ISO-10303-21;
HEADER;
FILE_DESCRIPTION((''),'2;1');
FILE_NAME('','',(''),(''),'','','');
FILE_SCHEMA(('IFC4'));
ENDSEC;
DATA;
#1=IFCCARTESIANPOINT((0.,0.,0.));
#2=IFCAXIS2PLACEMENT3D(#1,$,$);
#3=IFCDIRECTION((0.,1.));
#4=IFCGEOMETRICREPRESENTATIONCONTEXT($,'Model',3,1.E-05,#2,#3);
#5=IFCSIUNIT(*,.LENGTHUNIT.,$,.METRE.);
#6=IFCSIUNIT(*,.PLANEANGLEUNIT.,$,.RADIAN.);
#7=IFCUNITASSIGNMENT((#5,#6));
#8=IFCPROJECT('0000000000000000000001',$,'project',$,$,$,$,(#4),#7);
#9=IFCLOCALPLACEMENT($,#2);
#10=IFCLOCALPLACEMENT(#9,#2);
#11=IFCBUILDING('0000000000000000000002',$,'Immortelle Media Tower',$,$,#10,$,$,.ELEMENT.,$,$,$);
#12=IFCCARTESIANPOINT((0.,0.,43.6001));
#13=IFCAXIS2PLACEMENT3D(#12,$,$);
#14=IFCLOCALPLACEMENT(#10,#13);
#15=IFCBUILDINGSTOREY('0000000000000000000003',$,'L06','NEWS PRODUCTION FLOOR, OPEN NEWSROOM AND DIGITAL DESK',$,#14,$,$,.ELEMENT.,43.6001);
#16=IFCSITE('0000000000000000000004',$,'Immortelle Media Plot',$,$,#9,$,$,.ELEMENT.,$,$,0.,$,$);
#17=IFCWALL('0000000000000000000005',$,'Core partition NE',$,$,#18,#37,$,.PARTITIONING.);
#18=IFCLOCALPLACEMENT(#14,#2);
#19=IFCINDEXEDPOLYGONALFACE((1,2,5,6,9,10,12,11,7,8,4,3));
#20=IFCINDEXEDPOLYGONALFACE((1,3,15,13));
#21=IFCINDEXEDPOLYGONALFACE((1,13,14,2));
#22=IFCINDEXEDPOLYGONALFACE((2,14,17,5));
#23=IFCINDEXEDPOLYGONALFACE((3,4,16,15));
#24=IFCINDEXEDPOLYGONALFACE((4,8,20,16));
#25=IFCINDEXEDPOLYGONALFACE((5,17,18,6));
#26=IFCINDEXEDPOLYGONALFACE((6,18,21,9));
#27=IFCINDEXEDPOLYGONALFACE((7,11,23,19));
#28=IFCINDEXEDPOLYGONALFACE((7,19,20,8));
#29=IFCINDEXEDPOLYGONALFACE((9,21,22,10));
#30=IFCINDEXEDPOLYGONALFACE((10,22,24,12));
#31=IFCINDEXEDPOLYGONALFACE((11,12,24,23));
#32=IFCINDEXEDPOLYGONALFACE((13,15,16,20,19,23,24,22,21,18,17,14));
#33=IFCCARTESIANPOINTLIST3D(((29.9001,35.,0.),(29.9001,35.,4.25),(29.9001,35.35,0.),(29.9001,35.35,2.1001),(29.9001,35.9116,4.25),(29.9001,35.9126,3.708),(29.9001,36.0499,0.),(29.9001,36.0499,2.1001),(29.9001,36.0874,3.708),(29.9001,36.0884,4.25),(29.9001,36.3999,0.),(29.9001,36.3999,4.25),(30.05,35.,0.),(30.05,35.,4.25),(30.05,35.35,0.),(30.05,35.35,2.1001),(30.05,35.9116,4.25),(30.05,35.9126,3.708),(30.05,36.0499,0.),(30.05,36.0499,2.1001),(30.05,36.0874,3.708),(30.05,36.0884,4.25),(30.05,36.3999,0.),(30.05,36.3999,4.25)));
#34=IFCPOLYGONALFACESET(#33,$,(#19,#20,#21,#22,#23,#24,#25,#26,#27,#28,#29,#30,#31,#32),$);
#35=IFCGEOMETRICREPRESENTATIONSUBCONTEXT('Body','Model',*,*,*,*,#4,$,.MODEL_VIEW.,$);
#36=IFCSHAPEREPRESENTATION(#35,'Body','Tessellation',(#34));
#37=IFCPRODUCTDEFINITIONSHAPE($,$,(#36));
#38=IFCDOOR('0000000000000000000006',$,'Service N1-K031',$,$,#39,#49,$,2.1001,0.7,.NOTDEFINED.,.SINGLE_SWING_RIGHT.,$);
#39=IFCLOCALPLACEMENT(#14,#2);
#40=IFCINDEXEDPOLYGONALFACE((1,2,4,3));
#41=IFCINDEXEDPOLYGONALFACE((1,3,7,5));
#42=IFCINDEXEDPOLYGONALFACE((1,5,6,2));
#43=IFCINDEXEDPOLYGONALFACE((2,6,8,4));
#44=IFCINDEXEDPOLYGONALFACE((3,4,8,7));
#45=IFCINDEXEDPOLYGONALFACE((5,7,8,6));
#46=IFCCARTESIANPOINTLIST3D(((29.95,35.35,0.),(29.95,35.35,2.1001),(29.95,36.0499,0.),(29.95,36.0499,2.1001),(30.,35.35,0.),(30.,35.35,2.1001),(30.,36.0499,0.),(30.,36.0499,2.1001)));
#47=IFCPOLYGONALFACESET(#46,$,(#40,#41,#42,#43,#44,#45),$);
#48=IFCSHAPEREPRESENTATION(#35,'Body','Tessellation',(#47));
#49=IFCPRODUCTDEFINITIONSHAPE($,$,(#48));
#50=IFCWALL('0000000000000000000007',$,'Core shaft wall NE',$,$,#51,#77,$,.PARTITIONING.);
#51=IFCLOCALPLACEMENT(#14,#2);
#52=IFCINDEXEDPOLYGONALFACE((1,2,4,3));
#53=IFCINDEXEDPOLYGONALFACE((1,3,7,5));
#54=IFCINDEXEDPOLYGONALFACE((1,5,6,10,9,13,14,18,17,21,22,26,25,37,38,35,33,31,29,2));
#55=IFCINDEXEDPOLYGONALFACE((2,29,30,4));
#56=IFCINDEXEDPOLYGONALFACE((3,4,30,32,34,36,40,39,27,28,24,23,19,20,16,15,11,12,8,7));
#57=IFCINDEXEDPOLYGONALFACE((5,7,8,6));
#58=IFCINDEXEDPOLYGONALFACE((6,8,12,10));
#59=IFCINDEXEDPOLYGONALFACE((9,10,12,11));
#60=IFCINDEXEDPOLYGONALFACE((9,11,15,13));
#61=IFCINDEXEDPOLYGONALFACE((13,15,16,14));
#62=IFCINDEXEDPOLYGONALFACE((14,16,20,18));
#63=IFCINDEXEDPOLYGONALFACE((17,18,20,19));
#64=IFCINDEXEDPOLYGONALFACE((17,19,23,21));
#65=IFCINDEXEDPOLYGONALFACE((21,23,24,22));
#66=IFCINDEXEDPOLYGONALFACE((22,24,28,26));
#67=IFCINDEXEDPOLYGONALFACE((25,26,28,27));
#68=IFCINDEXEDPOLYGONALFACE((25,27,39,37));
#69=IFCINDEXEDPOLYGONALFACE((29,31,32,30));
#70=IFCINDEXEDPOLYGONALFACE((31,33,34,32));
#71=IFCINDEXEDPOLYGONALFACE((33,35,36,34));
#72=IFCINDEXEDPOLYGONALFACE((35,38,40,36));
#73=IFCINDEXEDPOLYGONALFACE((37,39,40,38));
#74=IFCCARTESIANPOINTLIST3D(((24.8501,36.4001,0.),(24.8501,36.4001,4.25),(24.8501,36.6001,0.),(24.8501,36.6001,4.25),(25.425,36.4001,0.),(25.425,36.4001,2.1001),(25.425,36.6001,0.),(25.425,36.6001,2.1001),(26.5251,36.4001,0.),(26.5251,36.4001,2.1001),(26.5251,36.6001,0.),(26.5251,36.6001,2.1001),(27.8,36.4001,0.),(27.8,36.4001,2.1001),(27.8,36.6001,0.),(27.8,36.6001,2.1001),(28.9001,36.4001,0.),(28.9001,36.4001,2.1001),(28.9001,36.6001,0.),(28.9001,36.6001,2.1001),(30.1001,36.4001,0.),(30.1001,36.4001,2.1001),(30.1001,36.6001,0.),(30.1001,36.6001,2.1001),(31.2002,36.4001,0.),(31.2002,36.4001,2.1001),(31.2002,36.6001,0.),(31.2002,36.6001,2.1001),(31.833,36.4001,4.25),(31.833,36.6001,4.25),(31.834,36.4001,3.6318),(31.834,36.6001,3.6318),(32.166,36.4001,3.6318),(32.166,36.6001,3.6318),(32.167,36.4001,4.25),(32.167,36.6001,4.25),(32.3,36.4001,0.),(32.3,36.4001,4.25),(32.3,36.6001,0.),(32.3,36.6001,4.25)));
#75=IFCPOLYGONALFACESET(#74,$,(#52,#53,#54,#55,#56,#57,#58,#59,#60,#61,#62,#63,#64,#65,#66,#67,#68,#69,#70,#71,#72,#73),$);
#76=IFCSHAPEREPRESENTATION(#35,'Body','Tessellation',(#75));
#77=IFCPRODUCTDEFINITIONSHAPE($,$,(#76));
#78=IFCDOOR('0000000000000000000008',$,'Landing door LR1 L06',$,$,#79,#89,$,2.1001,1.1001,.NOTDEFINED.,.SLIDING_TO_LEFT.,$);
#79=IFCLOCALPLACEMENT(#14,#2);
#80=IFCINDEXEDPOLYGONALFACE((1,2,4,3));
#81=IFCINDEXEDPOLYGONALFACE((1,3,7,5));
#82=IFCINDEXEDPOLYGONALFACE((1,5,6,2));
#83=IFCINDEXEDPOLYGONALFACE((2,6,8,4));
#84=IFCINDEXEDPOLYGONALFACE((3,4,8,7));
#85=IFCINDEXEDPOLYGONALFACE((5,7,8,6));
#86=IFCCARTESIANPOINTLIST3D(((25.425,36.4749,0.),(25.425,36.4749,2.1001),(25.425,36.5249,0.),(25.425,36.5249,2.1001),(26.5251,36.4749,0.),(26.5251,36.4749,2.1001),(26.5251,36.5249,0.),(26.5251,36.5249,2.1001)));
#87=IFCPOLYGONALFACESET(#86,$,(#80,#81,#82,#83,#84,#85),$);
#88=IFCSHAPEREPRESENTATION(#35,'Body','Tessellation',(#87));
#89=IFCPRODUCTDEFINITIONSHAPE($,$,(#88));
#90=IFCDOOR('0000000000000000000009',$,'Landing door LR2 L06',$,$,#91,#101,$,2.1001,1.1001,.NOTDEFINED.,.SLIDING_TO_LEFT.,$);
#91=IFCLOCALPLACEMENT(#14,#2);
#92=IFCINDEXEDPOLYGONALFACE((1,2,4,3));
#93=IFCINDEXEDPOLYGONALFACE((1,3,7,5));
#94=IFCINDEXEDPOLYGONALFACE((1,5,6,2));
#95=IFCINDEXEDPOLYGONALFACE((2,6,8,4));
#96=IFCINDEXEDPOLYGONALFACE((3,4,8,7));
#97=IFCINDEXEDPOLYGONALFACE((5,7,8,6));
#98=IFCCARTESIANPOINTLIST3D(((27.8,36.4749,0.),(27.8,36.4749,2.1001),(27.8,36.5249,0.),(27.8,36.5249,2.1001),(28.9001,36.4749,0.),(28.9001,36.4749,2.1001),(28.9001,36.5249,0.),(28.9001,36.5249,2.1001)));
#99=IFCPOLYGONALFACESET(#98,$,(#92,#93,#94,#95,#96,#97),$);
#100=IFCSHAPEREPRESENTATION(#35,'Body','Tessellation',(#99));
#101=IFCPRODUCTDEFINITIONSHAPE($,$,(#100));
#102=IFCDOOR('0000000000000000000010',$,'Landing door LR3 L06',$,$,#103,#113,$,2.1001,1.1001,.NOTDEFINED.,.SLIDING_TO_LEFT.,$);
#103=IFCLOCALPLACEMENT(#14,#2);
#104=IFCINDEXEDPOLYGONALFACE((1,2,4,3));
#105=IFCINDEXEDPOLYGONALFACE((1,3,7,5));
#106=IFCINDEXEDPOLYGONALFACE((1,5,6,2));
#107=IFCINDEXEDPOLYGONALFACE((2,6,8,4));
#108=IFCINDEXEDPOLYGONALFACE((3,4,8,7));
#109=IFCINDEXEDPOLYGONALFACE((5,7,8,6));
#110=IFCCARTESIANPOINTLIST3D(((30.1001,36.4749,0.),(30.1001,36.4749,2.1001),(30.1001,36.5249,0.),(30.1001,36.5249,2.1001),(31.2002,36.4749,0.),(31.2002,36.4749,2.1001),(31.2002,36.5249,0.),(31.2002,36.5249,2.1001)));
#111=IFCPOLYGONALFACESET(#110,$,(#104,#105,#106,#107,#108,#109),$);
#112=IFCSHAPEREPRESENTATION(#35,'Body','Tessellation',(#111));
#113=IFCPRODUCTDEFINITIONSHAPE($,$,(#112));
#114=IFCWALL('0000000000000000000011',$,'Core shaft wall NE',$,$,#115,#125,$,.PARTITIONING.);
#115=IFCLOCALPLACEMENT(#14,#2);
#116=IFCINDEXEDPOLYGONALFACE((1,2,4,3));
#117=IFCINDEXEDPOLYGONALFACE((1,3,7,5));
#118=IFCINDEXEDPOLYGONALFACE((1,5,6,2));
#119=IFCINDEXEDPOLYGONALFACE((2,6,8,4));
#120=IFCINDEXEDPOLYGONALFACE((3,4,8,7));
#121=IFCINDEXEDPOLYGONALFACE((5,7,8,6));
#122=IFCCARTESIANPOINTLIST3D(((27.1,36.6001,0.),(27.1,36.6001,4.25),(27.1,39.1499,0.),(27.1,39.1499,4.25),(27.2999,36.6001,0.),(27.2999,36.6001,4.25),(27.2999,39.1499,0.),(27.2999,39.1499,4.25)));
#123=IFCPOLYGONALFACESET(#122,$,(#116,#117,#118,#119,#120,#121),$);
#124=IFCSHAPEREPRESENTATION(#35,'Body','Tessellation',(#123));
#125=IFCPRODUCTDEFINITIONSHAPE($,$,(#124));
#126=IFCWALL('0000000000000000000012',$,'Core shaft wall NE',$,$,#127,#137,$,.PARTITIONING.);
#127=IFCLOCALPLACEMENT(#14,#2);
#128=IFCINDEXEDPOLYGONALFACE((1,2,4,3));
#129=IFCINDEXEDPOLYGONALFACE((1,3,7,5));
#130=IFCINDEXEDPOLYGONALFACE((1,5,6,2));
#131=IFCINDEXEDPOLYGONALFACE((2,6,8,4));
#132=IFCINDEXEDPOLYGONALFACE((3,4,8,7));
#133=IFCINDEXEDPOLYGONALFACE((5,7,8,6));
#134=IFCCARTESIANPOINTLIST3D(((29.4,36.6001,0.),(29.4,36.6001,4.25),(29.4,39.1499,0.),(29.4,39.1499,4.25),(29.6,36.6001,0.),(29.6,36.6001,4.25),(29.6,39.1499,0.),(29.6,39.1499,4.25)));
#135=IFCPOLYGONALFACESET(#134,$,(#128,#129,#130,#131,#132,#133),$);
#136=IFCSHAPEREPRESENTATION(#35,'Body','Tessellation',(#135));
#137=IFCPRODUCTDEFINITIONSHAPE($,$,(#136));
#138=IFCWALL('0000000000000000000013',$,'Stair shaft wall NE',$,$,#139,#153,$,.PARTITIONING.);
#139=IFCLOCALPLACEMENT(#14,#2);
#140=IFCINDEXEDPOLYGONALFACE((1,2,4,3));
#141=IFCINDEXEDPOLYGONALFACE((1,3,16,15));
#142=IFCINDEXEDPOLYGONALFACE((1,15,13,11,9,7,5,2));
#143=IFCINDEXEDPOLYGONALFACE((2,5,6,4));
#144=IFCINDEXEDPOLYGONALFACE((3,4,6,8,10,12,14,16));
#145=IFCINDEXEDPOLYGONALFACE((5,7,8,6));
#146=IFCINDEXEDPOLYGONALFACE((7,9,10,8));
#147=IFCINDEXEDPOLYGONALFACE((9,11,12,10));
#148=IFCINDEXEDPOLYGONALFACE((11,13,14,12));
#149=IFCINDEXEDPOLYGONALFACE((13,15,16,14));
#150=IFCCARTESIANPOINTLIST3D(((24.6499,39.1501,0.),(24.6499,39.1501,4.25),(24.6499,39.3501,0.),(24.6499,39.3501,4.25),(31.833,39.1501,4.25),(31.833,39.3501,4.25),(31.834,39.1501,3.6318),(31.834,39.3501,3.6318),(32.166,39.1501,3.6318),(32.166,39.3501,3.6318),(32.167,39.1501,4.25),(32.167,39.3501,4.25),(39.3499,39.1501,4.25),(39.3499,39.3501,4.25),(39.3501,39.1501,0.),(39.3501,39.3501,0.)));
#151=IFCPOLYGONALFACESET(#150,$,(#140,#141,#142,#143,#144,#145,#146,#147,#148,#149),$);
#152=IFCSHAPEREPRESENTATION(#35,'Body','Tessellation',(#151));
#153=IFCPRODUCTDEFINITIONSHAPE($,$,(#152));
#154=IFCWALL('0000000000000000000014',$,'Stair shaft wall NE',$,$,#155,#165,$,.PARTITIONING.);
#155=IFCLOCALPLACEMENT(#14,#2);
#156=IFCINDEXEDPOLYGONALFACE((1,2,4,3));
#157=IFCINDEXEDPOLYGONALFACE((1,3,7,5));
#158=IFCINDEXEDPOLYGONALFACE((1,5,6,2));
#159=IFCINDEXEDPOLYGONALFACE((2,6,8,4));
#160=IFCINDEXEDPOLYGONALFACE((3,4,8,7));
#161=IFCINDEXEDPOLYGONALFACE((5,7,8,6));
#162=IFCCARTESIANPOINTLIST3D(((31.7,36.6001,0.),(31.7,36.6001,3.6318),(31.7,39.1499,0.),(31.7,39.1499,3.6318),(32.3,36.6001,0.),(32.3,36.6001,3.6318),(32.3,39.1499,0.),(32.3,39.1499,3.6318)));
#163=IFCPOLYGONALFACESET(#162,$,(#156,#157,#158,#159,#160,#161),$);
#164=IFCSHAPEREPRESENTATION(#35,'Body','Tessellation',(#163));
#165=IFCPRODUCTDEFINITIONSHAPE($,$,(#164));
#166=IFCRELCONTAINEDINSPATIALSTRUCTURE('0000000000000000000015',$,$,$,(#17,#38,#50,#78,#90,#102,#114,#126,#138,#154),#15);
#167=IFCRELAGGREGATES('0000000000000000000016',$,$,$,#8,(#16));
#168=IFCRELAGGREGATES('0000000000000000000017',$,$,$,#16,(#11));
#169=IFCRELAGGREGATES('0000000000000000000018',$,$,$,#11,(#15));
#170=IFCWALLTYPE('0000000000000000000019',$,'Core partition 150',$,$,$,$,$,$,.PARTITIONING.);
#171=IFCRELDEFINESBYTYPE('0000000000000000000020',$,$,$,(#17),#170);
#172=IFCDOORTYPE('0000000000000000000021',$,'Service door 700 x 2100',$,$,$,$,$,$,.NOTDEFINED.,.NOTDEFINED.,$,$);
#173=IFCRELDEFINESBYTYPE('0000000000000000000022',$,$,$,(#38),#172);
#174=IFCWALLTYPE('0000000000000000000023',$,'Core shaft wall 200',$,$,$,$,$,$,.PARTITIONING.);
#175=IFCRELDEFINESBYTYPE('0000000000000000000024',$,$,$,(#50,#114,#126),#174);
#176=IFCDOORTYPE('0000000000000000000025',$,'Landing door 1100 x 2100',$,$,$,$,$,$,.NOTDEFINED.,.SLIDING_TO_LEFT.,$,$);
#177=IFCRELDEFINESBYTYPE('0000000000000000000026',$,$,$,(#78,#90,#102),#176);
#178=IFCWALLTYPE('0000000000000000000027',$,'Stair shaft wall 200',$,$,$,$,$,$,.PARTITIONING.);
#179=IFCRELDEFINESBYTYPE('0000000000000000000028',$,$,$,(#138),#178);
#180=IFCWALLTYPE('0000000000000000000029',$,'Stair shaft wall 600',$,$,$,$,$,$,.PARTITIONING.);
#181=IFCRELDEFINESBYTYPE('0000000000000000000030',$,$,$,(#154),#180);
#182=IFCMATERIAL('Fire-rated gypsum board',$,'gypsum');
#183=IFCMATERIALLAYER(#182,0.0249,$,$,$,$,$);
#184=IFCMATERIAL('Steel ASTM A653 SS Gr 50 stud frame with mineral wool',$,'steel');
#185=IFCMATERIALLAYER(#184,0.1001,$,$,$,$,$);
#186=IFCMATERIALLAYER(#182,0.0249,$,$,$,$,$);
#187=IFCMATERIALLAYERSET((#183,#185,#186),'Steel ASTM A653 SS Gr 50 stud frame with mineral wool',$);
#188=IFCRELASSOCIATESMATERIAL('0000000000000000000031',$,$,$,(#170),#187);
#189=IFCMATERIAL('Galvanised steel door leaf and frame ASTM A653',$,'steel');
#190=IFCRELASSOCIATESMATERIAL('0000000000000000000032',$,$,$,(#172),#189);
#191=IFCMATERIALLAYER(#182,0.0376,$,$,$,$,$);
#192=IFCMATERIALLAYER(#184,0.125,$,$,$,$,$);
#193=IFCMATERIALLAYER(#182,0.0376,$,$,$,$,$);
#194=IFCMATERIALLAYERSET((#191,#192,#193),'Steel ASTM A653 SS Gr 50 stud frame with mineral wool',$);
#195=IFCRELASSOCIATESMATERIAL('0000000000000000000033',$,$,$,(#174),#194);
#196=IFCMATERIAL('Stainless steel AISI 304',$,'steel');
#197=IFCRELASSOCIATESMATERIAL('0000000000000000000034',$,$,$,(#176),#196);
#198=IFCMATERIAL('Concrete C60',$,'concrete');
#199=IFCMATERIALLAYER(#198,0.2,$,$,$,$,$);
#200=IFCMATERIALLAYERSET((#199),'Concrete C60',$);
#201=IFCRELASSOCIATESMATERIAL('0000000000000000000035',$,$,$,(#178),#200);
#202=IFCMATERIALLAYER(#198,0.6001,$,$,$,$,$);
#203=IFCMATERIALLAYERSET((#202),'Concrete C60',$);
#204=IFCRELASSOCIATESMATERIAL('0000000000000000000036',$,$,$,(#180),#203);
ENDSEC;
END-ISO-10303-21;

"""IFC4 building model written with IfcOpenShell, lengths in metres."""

from ifc_helpers import new_model, si_unit, direction, frame, frame_2d, origin, place, context, subcontext, project, spatial, polyline, rectangle, outline, extrude, material, layer, layer_set, type_object, element, fill, save


model = new_model("IFC4")

# Units and contexts
model_context = context("Model", 3, precision=1e-05, world=origin(), true_north=direction((0.0, 1.0)))
body_context = subcontext(model_context, "Body", "Model", "MODEL_VIEW")
ifc_project = project(units=[si_unit("LENGTHUNIT", "METRE"), si_unit("PLANEANGLEUNIT", "RADIAN")], contexts=[model_context])

# Site, building, storey
site_placement = place(None, origin())
site = spatial("IfcSite", under=ifc_project, at=site_placement, Name="Immortelle Media Plot", CompositionType="ELEMENT", RefElevation=0.0)
building_placement = place(site_placement, origin())
building = spatial("IfcBuilding", under=site, at=building_placement, Name="Immortelle Media Tower", CompositionType="ELEMENT")
storey_placement = place(building_placement, frame((0.0, 0.0, 43.6001)))
storey = spatial("IfcBuildingStorey", under=building, at=storey_placement, Name="L06", Description="NEWS PRODUCTION FLOOR, OPEN NEWSROOM AND DIGITAL DESK", CompositionType="ELEMENT", Elevation=43.6001)

# Wall, opening, door
ifc_material_1 = material(Name="Fire-rated gypsum board", Category="gypsum")
ifc_layer_1 = layer(ifc_material_1, 0.0249)
ifc_material_2 = material(Name="Steel ASTM A653 SS Gr 50 stud frame with mineral wool", Category="steel")
ifc_layer_2 = layer(ifc_material_2, 0.1001)
ifc_layer_3 = layer(ifc_material_1, 0.0249)
ifc_layer_set_1 = layer_set([ifc_layer_1, ifc_layer_2, ifc_layer_3], Name="Steel ASTM A653 SS Gr 50 stud frame with mineral wool")
wall_type_1 = type_object("IfcWallType", Name="Core partition 150", PredefinedType="PARTITIONING", material=ifc_layer_set_1)
wall_1_placement = place(storey_placement, frame((29.9751, 35.0, 0.0), z_axis=(0.0, 0.0, 1.0), x_axis=(0.0, 1.0, 0.0)))
wall_1 = element("IfcWall", 1, at=wall_1_placement, inside=storey, type_object=wall_type_1, Name="Core partition NE", PredefinedType="PARTITIONING", context=body_context, shape_type="SweptSolid", body=[
    extrude(outline(polyline([(0.0, 0.0), (1.3999, 0.0), (1.3999, 4.25), (1.0884, 4.25), (1.0874, 3.708), (0.9126, 3.708), (0.9116, 4.25), (0.0, 4.25), (0.0, 0.0)])), frame((0.0, 0.075, 0.0), z_axis=(0.0, -1.0, 0.0), x_axis=(1.0, 0.0, 0.0)), (0.0, 0.0, 1.0), 0.1499),
])
opening_1_placement = place(wall_1_placement, frame((1.05, 0.0, 0.0), z_axis=(0.0, 0.0, 1.0), x_axis=(-1.0, 0.0, 0.0)))
opening_1 = element("IfcOpeningElement", 2, at=opening_1_placement, cuts=wall_1, PredefinedType="OPENING", context=body_context, shape_type="SweptSolid", body=[
    extrude(rectangle(XDim=0.7, YDim=2.1001, at=frame_2d((0.3501, 1.05))), frame((0.0, 0.085, 0.0), z_axis=(0.0, -1.0, 0.0), x_axis=(1.0, 0.0, 0.0)), (0.0, 0.0, 1.0), 0.1699),
])
ifc_material_3 = material(Name="Galvanised steel door leaf and frame ASTM A653", Category="steel")
door_type_1 = type_object("IfcDoorType", Name="Service door 700 x 2100", OperationType="NOTDEFINED", PredefinedType="NOTDEFINED", material=ifc_material_3)
door_1_placement = place(opening_1_placement, origin())
door_1 = element("IfcDoor", 3, at=door_1_placement, inside=storey, type_object=door_type_1, Name="Service N1-K031", OperationType="SINGLE_SWING_RIGHT", OverallHeight=2.1001, OverallWidth=0.7, PredefinedType="NOTDEFINED", context=body_context, shape_type="SweptSolid", body=[
    extrude(rectangle(XDim=0.7, YDim=2.1001, at=frame_2d((0.3501, 1.05))), frame((0.0, 0.0249, 0.0), z_axis=(0.0, -1.0, 0.0), x_axis=(1.0, 0.0, 0.0)), (0.0, 0.0, 1.0), 0.05),
])
fill(opening_1, door_1)

# Wall, openings, doors
ifc_layer_4 = layer(ifc_material_1, 0.0376)
ifc_layer_5 = layer(ifc_material_2, 0.125)
ifc_layer_6 = layer(ifc_material_1, 0.0376)
ifc_layer_set_2 = layer_set([ifc_layer_4, ifc_layer_5, ifc_layer_6], Name="Steel ASTM A653 SS Gr 50 stud frame with mineral wool")
wall_type_2 = type_object("IfcWallType", Name="Core shaft wall 200", PredefinedType="PARTITIONING", material=ifc_layer_set_2)
wall_2_placement = place(storey_placement, frame((24.8501, 36.5, 0.0), z_axis=(0.0, 0.0, 1.0), x_axis=(1.0, 0.0, 0.0)))
wall_2 = element("IfcWall", 4, at=wall_2_placement, inside=storey, type_object=wall_type_2, Name="Core shaft wall NE", PredefinedType="PARTITIONING", context=body_context, shape_type="SweptSolid", body=[
    extrude(outline(polyline([(0.0, 0.0), (7.45, 0.0), (7.45, 4.25), (7.3169, 4.25), (7.3159, 3.6318), (6.9839, 3.6318), (6.9829, 4.25), (0.0, 4.25), (0.0, 0.0)])), frame((0.0, 0.1001, 0.0), z_axis=(0.0, -1.0, 0.0), x_axis=(1.0, 0.0, 0.0)), (0.0, 0.0, 1.0), 0.2),
])
opening_2_placement = place(wall_2_placement, frame((0.575, 0.0, 0.0)))
opening_2 = element("IfcOpeningElement", 5, at=opening_2_placement, cuts=wall_2, PredefinedType="OPENING", context=body_context, shape_type="SweptSolid", body=[
    extrude(rectangle(XDim=1.1001, YDim=2.1001, at=frame_2d((0.55, 1.05))), frame((0.0, 0.1099, 0.0), z_axis=(0.0, -1.0, 0.0), x_axis=(1.0, 0.0, 0.0)), (0.0, 0.0, 1.0), 0.22),
])
opening_3_placement = place(wall_2_placement, frame((2.95, 0.0, 0.0)))
opening_3 = element("IfcOpeningElement", 6, at=opening_3_placement, cuts=wall_2, PredefinedType="OPENING", context=body_context, shape_type="SweptSolid", body=[
    extrude(rectangle(XDim=1.1001, YDim=2.1001, at=frame_2d((0.55, 1.05))), frame((0.0, 0.1099, 0.0), z_axis=(0.0, -1.0, 0.0), x_axis=(1.0, 0.0, 0.0)), (0.0, 0.0, 1.0), 0.22),
])
opening_4_placement = place(wall_2_placement, frame((5.25, 0.0, 0.0)))
opening_4 = element("IfcOpeningElement", 7, at=opening_4_placement, cuts=wall_2, PredefinedType="OPENING", context=body_context, shape_type="SweptSolid", body=[
    extrude(rectangle(XDim=1.1001, YDim=2.1001, at=frame_2d((0.55, 1.05))), frame((0.0, 0.1099, 0.0), z_axis=(0.0, -1.0, 0.0), x_axis=(1.0, 0.0, 0.0)), (0.0, 0.0, 1.0), 0.22),
])
ifc_material_4 = material(Name="Stainless steel AISI 304", Category="steel")
door_type_2 = type_object("IfcDoorType", Name="Landing door 1100 x 2100", OperationType="SLIDING_TO_LEFT", PredefinedType="NOTDEFINED", material=ifc_material_4)
door_2_placement = place(opening_2_placement, origin())
door_2 = element("IfcDoor", 8, at=door_2_placement, inside=storey, type_object=door_type_2, Name="Landing door LR1 L06", OperationType="SLIDING_TO_LEFT", OverallHeight=2.1001, OverallWidth=1.1001, PredefinedType="NOTDEFINED", context=body_context, shape_type="SweptSolid", body=[
    extrude(rectangle(XDim=1.1001, YDim=2.1001, at=frame_2d((0.55, 1.05))), frame((0.0, 0.0249, 0.0), z_axis=(0.0, -1.0, 0.0), x_axis=(1.0, 0.0, 0.0)), (0.0, 0.0, 1.0), 0.05),
])
fill(opening_2, door_2)
door_3_placement = place(opening_3_placement, origin())
door_3 = element("IfcDoor", 9, at=door_3_placement, inside=storey, type_object=door_type_2, Name="Landing door LR2 L06", OperationType="SLIDING_TO_LEFT", OverallHeight=2.1001, OverallWidth=1.1001, PredefinedType="NOTDEFINED", context=body_context, shape_type="SweptSolid", body=[
    extrude(rectangle(XDim=1.1001, YDim=2.1001, at=frame_2d((0.55, 1.05))), frame((0.0, 0.0249, 0.0), z_axis=(0.0, -1.0, 0.0), x_axis=(1.0, 0.0, 0.0)), (0.0, 0.0, 1.0), 0.05),
])
fill(opening_3, door_3)
door_4_placement = place(opening_4_placement, origin())
door_4 = element("IfcDoor", 10, at=door_4_placement, inside=storey, type_object=door_type_2, Name="Landing door LR3 L06", OperationType="SLIDING_TO_LEFT", OverallHeight=2.1001, OverallWidth=1.1001, PredefinedType="NOTDEFINED", context=body_context, shape_type="SweptSolid", body=[
    extrude(rectangle(XDim=1.1001, YDim=2.1001, at=frame_2d((0.55, 1.05))), frame((0.0, 0.0249, 0.0), z_axis=(0.0, -1.0, 0.0), x_axis=(1.0, 0.0, 0.0)), (0.0, 0.0, 1.0), 0.05),
])
fill(opening_4, door_4)

# Walls
for number, where, z_axis, x_axis, name in (
    (11, (27.2, 36.6001, 0.0), (0.0, 0.0, 1.0), (0.0, 1.0, 0.0), "Core shaft wall NE"),
    (12, (29.5, 36.6001, 0.0), (0.0, 0.0, 1.0), (0.0, 1.0, 0.0), "Core shaft wall NE"),
):
    element("IfcWall", number, at=place(storey_placement, frame(where, z_axis=z_axis, x_axis=x_axis)), inside=storey, type_object=wall_type_2, Name=name, PredefinedType="PARTITIONING", context=body_context, shape_type="SweptSolid", body=[
        extrude(rectangle(XDim=2.5498, YDim=0.2, at=frame_2d((1.2749, 0.0))), origin(), (0.0, 0.0, 1.0), 4.25),
    ])

# Walls
ifc_material_5 = material(Name="Concrete C60", Category="concrete")
ifc_layer_7 = layer(ifc_material_5, 0.2)
ifc_layer_set_3 = layer_set([ifc_layer_7], Name="Concrete C60")
wall_type_3 = type_object("IfcWallType", Name="Stair shaft wall 200", PredefinedType="PARTITIONING", material=ifc_layer_set_3)
wall_3_placement = place(storey_placement, frame((24.6499, 39.25, 0.0), z_axis=(0.0, 0.0, 1.0), x_axis=(1.0, 0.0, 0.0)))
element("IfcWall", 13, at=wall_3_placement, inside=storey, type_object=wall_type_3, Name="Stair shaft wall NE", PredefinedType="PARTITIONING", context=body_context, shape_type="SweptSolid", body=[
    extrude(outline(polyline([(0.0, 0.0), (14.7002, 0.0), (14.7, 4.25), (7.5171, 4.25), (7.5161, 3.6318), (7.1841, 3.6318), (7.1831, 4.25), (0.0, 4.25), (0.0, 0.0)])), frame((0.0, 0.1001, 0.0), z_axis=(0.0, -1.0, 0.0), x_axis=(1.0, 0.0, 0.0)), (0.0, 0.0, 1.0), 0.2),
])
ifc_layer_8 = layer(ifc_material_5, 0.6001)
ifc_layer_set_4 = layer_set([ifc_layer_8], Name="Concrete C60")
wall_type_4 = type_object("IfcWallType", Name="Stair shaft wall 600", PredefinedType="PARTITIONING", material=ifc_layer_set_4)
wall_4_placement = place(storey_placement, frame((32.0, 36.6001, 0.0), z_axis=(0.0, 0.0, 1.0), x_axis=(0.0, 1.0, 0.0)))
element("IfcWall", 14, at=wall_4_placement, inside=storey, type_object=wall_type_4, Name="Stair shaft wall NE", PredefinedType="PARTITIONING", context=body_context, shape_type="SweptSolid", body=[
    extrude(rectangle(XDim=2.5498, YDim=0.6001, at=frame_2d((1.2749, 0.0))), origin(), (0.0, 0.0, 1.0), 3.6318),
])

save(model, "model.ifc")
